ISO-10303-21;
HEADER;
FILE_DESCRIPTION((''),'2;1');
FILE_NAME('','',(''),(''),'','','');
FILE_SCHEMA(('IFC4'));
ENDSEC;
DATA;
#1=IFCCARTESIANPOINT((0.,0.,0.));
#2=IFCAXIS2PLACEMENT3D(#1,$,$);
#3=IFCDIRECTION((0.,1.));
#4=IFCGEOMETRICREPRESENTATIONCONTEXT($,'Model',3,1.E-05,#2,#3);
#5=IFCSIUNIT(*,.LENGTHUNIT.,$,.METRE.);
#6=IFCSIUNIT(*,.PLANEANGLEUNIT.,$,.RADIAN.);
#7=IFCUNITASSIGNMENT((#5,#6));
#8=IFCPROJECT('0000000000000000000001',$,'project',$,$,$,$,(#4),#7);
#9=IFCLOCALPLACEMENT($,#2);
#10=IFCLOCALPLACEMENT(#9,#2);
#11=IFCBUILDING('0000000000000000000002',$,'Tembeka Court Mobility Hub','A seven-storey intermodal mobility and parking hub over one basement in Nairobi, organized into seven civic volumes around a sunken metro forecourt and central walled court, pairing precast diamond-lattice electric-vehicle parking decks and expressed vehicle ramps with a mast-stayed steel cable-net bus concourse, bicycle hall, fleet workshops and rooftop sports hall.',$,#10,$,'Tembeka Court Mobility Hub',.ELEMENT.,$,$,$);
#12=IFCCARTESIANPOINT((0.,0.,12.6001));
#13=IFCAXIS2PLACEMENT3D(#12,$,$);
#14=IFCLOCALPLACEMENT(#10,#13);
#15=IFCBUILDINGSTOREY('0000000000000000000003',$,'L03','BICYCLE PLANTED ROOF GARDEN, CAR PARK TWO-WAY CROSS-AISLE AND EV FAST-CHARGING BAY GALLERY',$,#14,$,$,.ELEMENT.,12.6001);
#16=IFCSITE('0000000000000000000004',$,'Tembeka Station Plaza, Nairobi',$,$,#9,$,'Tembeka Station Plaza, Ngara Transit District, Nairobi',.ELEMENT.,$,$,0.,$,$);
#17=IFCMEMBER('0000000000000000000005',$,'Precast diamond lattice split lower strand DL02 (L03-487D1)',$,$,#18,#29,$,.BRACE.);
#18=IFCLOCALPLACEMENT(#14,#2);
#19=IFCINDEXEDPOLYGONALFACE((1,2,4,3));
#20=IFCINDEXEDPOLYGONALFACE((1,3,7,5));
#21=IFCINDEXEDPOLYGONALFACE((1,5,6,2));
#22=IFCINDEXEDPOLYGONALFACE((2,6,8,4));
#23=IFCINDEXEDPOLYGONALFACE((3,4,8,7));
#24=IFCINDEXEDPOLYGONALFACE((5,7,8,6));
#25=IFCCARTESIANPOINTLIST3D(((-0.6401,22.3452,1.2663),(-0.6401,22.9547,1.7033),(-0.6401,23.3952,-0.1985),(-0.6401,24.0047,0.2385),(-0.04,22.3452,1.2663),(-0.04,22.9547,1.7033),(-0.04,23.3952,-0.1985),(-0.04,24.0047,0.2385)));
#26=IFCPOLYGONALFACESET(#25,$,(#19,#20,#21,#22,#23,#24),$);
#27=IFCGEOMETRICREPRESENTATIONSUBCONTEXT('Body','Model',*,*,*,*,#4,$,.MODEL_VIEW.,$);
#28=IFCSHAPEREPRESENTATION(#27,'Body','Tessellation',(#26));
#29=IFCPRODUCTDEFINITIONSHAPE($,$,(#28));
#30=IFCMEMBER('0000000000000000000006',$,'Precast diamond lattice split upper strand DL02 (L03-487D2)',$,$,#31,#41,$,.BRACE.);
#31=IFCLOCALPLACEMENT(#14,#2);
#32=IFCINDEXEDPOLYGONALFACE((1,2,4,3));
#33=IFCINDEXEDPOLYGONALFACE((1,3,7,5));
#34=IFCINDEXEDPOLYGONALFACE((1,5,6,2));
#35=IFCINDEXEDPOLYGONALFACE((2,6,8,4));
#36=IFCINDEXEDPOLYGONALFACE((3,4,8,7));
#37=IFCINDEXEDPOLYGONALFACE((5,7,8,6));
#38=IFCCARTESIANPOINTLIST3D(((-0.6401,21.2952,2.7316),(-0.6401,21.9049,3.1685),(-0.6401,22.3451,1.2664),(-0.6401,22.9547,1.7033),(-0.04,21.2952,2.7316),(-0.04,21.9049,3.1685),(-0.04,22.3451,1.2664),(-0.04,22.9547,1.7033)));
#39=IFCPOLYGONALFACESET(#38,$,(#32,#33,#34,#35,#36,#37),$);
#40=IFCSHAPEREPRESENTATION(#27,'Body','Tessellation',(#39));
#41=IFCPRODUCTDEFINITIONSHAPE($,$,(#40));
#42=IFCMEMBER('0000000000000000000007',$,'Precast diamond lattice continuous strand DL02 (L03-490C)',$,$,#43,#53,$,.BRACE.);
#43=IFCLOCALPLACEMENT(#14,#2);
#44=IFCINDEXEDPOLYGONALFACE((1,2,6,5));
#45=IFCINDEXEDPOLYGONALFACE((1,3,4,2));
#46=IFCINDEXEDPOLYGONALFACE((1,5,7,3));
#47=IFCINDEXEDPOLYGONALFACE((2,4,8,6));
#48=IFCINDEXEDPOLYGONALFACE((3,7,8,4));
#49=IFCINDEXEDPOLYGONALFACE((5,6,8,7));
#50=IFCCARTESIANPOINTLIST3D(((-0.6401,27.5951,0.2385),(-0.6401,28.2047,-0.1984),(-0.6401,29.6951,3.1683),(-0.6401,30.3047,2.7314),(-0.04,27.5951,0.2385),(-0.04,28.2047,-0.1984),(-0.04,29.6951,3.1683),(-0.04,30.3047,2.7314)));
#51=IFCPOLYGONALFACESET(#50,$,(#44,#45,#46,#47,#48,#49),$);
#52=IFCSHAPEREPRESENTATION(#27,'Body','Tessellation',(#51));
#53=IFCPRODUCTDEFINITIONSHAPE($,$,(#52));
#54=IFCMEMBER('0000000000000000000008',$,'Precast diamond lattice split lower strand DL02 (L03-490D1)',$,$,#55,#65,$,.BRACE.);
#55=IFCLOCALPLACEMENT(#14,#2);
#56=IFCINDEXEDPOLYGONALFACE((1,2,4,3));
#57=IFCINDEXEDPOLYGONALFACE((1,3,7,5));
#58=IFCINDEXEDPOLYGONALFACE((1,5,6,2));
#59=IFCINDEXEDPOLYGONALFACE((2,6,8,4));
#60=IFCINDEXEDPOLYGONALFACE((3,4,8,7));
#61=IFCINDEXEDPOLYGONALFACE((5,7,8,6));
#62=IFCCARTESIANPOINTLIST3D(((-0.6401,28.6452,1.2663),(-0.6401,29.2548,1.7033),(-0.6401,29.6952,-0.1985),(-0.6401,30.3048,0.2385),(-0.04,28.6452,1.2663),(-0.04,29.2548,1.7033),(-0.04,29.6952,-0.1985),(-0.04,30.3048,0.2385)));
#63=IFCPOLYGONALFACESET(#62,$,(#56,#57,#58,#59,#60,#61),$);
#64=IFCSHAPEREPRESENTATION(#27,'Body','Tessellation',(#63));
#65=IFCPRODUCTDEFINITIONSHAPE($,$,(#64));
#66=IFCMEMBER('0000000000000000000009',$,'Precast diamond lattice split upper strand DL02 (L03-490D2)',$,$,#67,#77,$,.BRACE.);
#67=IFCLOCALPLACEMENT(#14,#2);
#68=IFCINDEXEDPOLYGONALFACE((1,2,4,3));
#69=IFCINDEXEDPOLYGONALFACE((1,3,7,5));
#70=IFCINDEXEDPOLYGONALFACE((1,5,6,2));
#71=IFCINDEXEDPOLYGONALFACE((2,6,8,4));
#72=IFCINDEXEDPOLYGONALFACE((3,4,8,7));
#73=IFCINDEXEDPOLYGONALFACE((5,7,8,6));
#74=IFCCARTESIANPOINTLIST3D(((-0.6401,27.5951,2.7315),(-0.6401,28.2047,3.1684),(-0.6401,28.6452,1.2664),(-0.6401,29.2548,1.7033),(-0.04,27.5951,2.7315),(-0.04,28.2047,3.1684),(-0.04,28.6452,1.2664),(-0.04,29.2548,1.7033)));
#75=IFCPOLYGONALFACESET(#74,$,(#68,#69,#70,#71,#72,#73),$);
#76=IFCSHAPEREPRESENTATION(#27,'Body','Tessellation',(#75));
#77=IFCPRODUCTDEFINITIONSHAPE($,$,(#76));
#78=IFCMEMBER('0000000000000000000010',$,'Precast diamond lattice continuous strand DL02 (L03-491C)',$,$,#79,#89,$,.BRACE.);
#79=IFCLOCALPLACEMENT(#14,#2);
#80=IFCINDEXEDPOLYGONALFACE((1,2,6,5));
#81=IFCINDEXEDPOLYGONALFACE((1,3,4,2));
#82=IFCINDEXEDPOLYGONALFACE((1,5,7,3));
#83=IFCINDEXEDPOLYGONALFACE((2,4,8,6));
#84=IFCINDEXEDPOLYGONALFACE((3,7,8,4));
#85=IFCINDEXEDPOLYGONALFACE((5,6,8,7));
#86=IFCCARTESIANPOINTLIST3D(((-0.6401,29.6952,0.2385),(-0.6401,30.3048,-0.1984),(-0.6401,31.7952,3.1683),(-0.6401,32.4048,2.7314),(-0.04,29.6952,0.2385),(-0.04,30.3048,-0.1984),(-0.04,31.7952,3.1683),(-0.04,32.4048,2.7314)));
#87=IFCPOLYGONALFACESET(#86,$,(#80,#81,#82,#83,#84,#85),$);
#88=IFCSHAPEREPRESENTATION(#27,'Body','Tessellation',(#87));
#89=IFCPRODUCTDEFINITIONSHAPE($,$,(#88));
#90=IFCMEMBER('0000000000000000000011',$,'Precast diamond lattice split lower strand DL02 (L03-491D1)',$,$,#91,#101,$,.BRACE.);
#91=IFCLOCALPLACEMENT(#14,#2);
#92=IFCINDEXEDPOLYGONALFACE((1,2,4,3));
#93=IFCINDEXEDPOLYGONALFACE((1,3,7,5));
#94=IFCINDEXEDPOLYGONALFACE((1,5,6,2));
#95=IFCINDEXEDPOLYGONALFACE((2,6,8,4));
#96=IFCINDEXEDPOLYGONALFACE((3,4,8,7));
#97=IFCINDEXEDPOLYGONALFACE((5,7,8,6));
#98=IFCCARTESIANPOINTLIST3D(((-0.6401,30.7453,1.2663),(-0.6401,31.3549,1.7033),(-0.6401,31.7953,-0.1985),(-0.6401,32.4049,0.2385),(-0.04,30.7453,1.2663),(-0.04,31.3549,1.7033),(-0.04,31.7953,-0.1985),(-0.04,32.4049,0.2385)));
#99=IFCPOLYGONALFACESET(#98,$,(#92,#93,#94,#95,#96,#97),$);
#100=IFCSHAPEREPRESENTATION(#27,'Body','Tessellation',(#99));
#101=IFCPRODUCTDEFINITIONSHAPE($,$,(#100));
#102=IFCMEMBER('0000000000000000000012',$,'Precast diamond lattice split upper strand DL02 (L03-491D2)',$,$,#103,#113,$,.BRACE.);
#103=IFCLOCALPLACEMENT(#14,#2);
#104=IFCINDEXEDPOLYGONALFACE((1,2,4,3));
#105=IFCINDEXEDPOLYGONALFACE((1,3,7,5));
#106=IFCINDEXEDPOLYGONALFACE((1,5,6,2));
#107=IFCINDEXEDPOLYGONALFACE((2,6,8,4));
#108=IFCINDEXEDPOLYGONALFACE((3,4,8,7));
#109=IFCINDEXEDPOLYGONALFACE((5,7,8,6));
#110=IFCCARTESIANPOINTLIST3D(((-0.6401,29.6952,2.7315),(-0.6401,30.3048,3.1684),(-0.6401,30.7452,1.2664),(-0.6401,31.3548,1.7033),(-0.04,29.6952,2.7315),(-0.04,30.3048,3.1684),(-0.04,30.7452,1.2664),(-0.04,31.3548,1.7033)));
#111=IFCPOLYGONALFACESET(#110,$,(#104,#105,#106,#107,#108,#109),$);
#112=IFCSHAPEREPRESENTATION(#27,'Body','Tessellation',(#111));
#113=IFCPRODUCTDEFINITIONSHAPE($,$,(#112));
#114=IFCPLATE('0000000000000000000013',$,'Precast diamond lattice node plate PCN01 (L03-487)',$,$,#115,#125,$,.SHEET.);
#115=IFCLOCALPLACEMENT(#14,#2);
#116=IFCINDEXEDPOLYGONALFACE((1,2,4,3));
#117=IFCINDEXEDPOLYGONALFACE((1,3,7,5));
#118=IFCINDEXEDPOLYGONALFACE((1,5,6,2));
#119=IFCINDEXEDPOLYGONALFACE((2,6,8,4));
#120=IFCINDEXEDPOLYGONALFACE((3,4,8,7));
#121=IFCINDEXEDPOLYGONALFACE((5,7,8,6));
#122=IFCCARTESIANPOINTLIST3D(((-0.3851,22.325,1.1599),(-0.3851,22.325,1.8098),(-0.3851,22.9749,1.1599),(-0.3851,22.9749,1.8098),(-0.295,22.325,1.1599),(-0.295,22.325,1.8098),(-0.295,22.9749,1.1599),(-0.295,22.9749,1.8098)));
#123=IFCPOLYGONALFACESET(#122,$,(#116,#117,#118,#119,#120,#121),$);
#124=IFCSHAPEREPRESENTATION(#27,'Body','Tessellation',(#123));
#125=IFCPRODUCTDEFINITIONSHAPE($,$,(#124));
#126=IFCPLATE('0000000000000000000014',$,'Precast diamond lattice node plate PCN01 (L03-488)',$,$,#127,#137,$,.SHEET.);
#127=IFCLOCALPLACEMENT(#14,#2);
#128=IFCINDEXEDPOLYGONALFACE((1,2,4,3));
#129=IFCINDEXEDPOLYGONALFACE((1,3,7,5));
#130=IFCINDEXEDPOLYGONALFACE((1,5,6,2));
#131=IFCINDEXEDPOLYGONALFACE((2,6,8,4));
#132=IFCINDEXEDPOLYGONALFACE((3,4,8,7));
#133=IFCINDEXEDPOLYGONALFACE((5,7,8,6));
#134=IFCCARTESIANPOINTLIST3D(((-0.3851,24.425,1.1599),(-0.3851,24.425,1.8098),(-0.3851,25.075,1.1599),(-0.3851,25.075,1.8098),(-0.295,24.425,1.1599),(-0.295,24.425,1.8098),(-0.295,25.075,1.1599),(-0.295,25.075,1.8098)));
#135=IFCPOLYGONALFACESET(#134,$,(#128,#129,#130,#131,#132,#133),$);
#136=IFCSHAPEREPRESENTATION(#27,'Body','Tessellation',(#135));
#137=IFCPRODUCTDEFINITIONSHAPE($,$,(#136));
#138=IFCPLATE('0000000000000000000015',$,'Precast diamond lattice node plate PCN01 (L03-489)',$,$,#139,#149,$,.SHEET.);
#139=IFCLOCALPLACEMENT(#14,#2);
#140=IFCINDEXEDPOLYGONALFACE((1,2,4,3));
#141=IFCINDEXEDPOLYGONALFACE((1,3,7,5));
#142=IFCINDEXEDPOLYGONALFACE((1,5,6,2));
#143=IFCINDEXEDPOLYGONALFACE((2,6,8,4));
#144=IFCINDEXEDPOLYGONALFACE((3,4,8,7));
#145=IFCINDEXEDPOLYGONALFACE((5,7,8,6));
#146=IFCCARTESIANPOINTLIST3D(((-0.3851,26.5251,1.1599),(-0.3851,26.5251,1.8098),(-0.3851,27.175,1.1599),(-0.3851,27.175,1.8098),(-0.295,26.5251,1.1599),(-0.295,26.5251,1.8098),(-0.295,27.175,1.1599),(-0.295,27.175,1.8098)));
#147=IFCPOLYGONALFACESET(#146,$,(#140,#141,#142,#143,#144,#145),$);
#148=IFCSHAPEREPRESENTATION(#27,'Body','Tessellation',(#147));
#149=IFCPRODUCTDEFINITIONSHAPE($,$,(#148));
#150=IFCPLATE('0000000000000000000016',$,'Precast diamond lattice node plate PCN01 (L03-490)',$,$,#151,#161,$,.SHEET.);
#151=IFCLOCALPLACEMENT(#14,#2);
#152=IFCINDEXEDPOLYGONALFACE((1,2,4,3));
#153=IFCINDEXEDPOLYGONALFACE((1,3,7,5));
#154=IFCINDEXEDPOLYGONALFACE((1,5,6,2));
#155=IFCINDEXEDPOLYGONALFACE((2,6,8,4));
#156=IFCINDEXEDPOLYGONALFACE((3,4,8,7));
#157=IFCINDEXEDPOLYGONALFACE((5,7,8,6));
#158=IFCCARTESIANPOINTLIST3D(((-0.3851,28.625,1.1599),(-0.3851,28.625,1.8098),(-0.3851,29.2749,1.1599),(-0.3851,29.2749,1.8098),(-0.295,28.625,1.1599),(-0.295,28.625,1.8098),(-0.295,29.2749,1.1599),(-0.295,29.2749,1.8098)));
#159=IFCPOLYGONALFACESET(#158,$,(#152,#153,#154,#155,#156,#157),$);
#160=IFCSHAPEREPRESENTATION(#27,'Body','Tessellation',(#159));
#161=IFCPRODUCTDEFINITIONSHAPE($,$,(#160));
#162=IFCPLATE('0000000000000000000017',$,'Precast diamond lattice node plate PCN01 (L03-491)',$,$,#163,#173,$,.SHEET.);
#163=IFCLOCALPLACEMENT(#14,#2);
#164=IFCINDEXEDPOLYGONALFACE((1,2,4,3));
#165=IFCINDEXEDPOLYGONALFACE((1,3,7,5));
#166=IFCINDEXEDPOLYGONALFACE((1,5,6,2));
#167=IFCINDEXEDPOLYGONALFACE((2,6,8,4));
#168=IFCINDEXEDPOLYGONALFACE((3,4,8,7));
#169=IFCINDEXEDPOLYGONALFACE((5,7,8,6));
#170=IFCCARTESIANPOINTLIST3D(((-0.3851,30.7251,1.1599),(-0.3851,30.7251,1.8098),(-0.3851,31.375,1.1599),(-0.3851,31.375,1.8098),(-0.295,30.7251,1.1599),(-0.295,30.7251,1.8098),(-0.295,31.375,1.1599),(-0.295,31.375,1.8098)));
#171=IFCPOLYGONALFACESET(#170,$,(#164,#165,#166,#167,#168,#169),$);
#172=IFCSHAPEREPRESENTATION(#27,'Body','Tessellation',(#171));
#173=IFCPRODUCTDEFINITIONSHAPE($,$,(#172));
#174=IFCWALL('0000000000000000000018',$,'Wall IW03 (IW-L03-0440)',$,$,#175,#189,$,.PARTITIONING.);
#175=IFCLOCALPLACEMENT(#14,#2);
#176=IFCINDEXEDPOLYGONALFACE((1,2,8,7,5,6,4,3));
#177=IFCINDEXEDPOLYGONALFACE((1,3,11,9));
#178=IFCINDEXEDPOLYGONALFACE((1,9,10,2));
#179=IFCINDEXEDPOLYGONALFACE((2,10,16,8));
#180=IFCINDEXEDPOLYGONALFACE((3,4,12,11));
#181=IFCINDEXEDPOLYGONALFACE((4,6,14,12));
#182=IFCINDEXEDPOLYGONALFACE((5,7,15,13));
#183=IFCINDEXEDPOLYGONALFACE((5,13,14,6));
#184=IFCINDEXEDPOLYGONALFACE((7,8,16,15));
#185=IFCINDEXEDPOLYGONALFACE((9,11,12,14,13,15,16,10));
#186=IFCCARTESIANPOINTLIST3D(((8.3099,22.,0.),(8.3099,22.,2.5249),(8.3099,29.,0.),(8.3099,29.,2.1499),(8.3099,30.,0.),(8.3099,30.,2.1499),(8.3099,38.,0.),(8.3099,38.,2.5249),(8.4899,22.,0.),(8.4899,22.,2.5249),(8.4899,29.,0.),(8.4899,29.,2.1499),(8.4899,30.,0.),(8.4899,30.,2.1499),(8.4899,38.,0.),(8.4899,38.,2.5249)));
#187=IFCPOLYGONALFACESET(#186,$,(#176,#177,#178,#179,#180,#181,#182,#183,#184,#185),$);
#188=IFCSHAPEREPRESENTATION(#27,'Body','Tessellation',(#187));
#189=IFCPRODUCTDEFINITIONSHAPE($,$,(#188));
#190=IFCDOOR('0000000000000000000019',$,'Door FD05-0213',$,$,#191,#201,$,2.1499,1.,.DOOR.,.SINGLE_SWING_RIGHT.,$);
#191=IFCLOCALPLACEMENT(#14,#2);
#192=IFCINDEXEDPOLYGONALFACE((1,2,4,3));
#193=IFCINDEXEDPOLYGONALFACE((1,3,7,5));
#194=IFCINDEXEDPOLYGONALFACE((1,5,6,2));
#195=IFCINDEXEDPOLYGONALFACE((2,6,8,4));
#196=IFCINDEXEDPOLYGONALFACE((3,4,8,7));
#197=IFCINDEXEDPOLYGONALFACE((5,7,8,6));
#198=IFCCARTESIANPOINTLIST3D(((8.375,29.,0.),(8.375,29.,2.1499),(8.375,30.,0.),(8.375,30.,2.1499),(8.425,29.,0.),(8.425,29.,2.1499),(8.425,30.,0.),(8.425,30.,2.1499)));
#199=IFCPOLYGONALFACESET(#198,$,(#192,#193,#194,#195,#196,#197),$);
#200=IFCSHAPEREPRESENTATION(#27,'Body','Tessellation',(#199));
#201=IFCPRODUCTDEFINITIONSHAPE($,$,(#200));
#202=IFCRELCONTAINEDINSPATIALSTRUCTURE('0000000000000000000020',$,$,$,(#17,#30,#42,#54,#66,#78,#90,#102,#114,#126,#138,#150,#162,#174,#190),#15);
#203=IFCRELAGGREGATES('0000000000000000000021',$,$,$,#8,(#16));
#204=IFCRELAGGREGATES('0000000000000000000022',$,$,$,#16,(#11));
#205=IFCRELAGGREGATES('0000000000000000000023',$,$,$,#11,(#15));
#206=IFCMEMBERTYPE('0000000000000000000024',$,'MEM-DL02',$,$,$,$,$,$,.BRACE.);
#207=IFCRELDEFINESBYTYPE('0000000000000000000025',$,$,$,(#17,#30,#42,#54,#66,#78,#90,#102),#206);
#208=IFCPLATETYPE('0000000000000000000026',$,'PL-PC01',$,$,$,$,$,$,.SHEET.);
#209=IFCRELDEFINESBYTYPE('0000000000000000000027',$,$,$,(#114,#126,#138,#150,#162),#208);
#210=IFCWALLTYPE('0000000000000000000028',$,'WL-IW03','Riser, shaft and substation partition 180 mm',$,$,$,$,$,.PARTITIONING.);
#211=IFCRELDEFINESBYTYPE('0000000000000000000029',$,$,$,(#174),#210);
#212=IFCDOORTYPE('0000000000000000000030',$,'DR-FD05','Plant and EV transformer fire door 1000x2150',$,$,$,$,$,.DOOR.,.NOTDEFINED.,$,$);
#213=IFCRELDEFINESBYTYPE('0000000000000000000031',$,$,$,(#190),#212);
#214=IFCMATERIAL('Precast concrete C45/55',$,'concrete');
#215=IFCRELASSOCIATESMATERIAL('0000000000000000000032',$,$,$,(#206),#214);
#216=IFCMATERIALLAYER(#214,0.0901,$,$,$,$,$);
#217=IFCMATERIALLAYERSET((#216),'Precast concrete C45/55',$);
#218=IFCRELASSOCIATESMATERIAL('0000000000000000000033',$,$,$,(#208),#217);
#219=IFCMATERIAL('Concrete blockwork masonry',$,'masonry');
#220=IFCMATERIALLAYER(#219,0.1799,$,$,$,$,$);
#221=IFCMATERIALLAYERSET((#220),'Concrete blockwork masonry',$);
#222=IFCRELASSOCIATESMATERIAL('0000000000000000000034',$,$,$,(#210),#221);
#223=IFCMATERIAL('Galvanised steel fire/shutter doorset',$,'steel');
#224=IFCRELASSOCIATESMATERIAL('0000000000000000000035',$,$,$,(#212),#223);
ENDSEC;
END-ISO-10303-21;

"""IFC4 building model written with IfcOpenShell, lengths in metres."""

from ifc_helpers import new_model, si_unit, direction, frame, frame_2d, origin, origin_2d, place, context, subcontext, project, spatial, rectangle, extrude, material, layer, layer_set, material_profile, profile_set, type_object, element, fill, save


model = new_model("IFC4")

# Units and contexts
model_context = context("Model", 3, precision=1e-05, world=origin(), true_north=direction((0.0, 1.0)))
body_context = subcontext(model_context, "Body", "Model", "MODEL_VIEW")
ifc_project = project(units=[si_unit("LENGTHUNIT", "METRE"), si_unit("PLANEANGLEUNIT", "RADIAN")], contexts=[model_context])

# Site, building, storey
site_placement = place(None, origin())
site = spatial("IfcSite", under=ifc_project, at=site_placement, Name="Tembeka Station Plaza, Nairobi", LongName="Tembeka Station Plaza, Ngara Transit District, Nairobi", CompositionType="ELEMENT", RefElevation=0.0)
building_placement = place(site_placement, origin())
building = spatial("IfcBuilding", under=site, at=building_placement, Name="Tembeka Court Mobility Hub", Description="A seven-storey intermodal mobility and parking hub over one basement in Nairobi, organized into seven civic volumes around a sunken metro forecourt and central walled court, pairing precast diamond-lattice electric-vehicle parking decks and expressed vehicle ramps with a mast-stayed steel cable-net bus concourse, bicycle hall, fleet workshops and rooftop sports hall.", LongName="Tembeka Court Mobility Hub", CompositionType="ELEMENT")
storey_placement = place(building_placement, frame((0.0, 0.0, 12.6001)))
storey = spatial("IfcBuildingStorey", under=building, at=storey_placement, Name="L03", Description="BICYCLE PLANTED ROOF GARDEN, CAR PARK TWO-WAY CROSS-AISLE AND EV FAST-CHARGING BAY GALLERY", CompositionType="ELEMENT", Elevation=12.6001)

# Members
ifc_material_1 = material(Name="Precast concrete C45/55", Category="concrete")
ifc_material_profile_1 = material_profile(ifc_material_1, rectangle(XDim=0.6001, YDim=0.75, at=origin_2d()), Name="PC-DIAG 600x750")
ifc_profile_set_1 = profile_set([ifc_material_profile_1], Name="Precast concrete C45/55")
member_type_1 = type_object("IfcMemberType", Name="MEM-DL02", PredefinedType="BRACE", material=ifc_profile_set_1)
member_1_placement = place(storey_placement, frame((-0.3401, 23.7, 0.02), z_axis=(0.0, -0.582608, 0.812753), x_axis=(1.0, 0.0, 0.0)))
element("IfcMember", 1, at=member_1_placement, inside=storey, type_object=member_type_1, Name="Precast diamond lattice split lower strand DL02 (L03-487D1)", PredefinedType="BRACE", context=body_context, shape_type="SweptSolid", body=[
    extrude(rectangle(XDim=0.6001, YDim=0.75, at=origin_2d()), origin(), (0.0, 0.0, 1.0), 1.8022),
])
member_2_placement = place(storey_placement, frame((-0.3401, 22.6499, 1.4849), z_axis=(0.0, -0.582455, 0.812863), x_axis=(1.0, 0.0, 0.0)))
element("IfcMember", 2, at=member_2_placement, inside=storey, type_object=member_type_1, Name="Precast diamond lattice split upper strand DL02 (L03-487D2)", PredefinedType="BRACE", context=body_context, shape_type="SweptSolid", body=[
    extrude(rectangle(XDim=0.6001, YDim=0.75, at=origin_2d()), origin(), (0.0, 0.0, 1.0), 1.8025),
])
member_3_placement = place(storey_placement, frame((-0.3401, 27.8999, 0.02), z_axis=(0.0, 0.582576, 0.812776), x_axis=(-1.0, 0.0, 0.0)))
element("IfcMember", 3, at=member_3_placement, inside=storey, type_object=member_type_1, Name="Precast diamond lattice continuous strand DL02 (L03-490C)", PredefinedType="BRACE", context=body_context, shape_type="SweptSolid", body=[
    extrude(rectangle(XDim=0.6001, YDim=0.75, at=origin_2d()), origin(), (0.0, 0.0, 1.0), 3.6047),
])
member_4_placement = place(storey_placement, frame((-0.3401, 30.0, 0.02), z_axis=(0.0, -0.582608, 0.812753), x_axis=(1.0, 0.0, 0.0)))
element("IfcMember", 4, at=member_4_placement, inside=storey, type_object=member_type_1, Name="Precast diamond lattice split lower strand DL02 (L03-490D1)", PredefinedType="BRACE", context=body_context, shape_type="SweptSolid", body=[
    extrude(rectangle(XDim=0.6001, YDim=0.75, at=origin_2d()), origin(), (0.0, 0.0, 1.0), 1.8022),
])
member_5_placement = place(storey_placement, frame((-0.3401, 28.95, 1.4849), z_axis=(0.0, -0.582544, 0.812799), x_axis=(1.0, 0.0, 0.0)))
element("IfcMember", 5, at=member_5_placement, inside=storey, type_object=member_type_1, Name="Precast diamond lattice split upper strand DL02 (L03-490D2)", PredefinedType="BRACE", context=body_context, shape_type="SweptSolid", body=[
    extrude(rectangle(XDim=0.6001, YDim=0.75, at=origin_2d()), origin(), (0.0, 0.0, 1.0), 1.8025),
])
member_6_placement = place(storey_placement, frame((-0.3401, 30.0, 0.02), z_axis=(0.0, 0.582576, 0.812776), x_axis=(-1.0, 0.0, 0.0)))
element("IfcMember", 6, at=member_6_placement, inside=storey, type_object=member_type_1, Name="Precast diamond lattice continuous strand DL02 (L03-491C)", PredefinedType="BRACE", context=body_context, shape_type="SweptSolid", body=[
    extrude(rectangle(XDim=0.6001, YDim=0.75, at=origin_2d()), origin(), (0.0, 0.0, 1.0), 3.6047),
])
member_7_placement = place(storey_placement, frame((-0.3401, 32.1001, 0.02), z_axis=(0.0, -0.582608, 0.812753), x_axis=(1.0, 0.0, 0.0)))
element("IfcMember", 7, at=member_7_placement, inside=storey, type_object=member_type_1, Name="Precast diamond lattice split lower strand DL02 (L03-491D1)", PredefinedType="BRACE", context=body_context, shape_type="SweptSolid", body=[
    extrude(rectangle(XDim=0.6001, YDim=0.75, at=origin_2d()), origin(), (0.0, 0.0, 1.0), 1.8022),
])
member_8_placement = place(storey_placement, frame((-0.3401, 31.05, 1.4849), z_axis=(0.0, -0.582544, 0.812799), x_axis=(1.0, 0.0, 0.0)))
element("IfcMember", 8, at=member_8_placement, inside=storey, type_object=member_type_1, Name="Precast diamond lattice split upper strand DL02 (L03-491D2)", PredefinedType="BRACE", context=body_context, shape_type="SweptSolid", body=[
    extrude(rectangle(XDim=0.6001, YDim=0.75, at=origin_2d()), origin(), (0.0, 0.0, 1.0), 1.8025),
])

# Plates
ifc_layer_1 = layer(ifc_material_1, 0.0901)
ifc_layer_set_1 = layer_set([ifc_layer_1], Name="Precast concrete C45/55")
plate_type = type_object("IfcPlateType", Name="PL-PC01", PredefinedType="SHEET", material=ifc_layer_set_1)
for number, where, z_axis, x_axis, name in (
    (9, (-0.3401, 22.6499, 1.1599), (0.0, 0.0, 1.0), (1.0, 0.0, 0.0), "Precast diamond lattice node plate PCN01 (L03-487)"),
    (10, (-0.3401, 24.75, 1.1599), (0.0, 0.0, 1.0), (1.0, 0.0, 0.0), "Precast diamond lattice node plate PCN01 (L03-488)"),
    (11, (-0.3401, 26.8501, 1.1599), (0.0, 0.0, 1.0), (1.0, 0.0, 0.0), "Precast diamond lattice node plate PCN01 (L03-489)"),
    (12, (-0.3401, 28.95, 1.1599), (0.0, 0.0, 1.0), (1.0, 0.0, 0.0), "Precast diamond lattice node plate PCN01 (L03-490)"),
    (13, (-0.3401, 31.05, 1.1599), (0.0, 0.0, 1.0), (1.0, 0.0, 0.0), "Precast diamond lattice node plate PCN01 (L03-491)"),
):
    element("IfcPlate", number, at=place(storey_placement, frame(where, z_axis=z_axis, x_axis=x_axis)), inside=storey, type_object=plate_type, Name=name, PredefinedType="SHEET", context=body_context, shape_type="SweptSolid", body=[
        extrude(rectangle(XDim=0.0901, YDim=0.6499, at=origin_2d()), origin(), (0.0, 0.0, 1.0), 0.6499),
    ])

# Wall, opening, door
ifc_material_2 = material(Name="Concrete blockwork masonry", Category="masonry")
ifc_layer_2 = layer(ifc_material_2, 0.1799)
ifc_layer_set_2 = layer_set([ifc_layer_2], Name="Concrete blockwork masonry")
wall_type = type_object("IfcWallType", Name="WL-IW03", Description="Riser, shaft and substation partition 180 mm", PredefinedType="PARTITIONING", material=ifc_layer_set_2)
wall_placement = place(storey_placement, frame((8.3999, 22.0, 0.0), z_axis=(0.0, 0.0, 1.0), x_axis=(0.0, 1.0, 0.0)))
wall = element("IfcWall", 14, at=wall_placement, inside=storey, type_object=wall_type, Name="Wall IW03 (IW-L03-0440)", PredefinedType="PARTITIONING", context=body_context, shape_type="SweptSolid", body=[
    extrude(rectangle(XDim=16.0, YDim=0.1799, at=frame_2d((8.0, 0.0))), origin(), (0.0, 0.0, 1.0), 2.5249),
])
opening_placement = place(wall_placement, frame((7.0, 0.0, 0.0)))
opening = element("IfcOpeningElement", 15, at=opening_placement, cuts=wall, PredefinedType="OPENING", context=body_context, shape_type="SweptSolid", body=[
    extrude(rectangle(XDim=1.0, YDim=2.1499, at=frame_2d((0.5, 1.075))), frame((0.0, 0.1001, 0.0), z_axis=(0.0, -1.0, 0.0), x_axis=(1.0, 0.0, 0.0)), (0.0, 0.0, 1.0), 0.2),
])
ifc_material_3 = material(Name="Galvanised steel fire/shutter doorset", Category="steel")
door_type = type_object("IfcDoorType", Name="DR-FD05", Description="Plant and EV transformer fire door 1000x2150", OperationType="NOTDEFINED", PredefinedType="DOOR", material=ifc_material_3)
door_placement = place(opening_placement, origin())
door = element("IfcDoor", 16, at=door_placement, inside=storey, type_object=door_type, Name="Door FD05-0213", OperationType="SINGLE_SWING_RIGHT", OverallHeight=2.1499, OverallWidth=1.0, PredefinedType="DOOR", context=body_context, shape_type="SweptSolid", body=[
    extrude(rectangle(XDim=1.0, YDim=2.1499, at=frame_2d((0.5, 1.075))), frame((0.0, 0.0249, 0.0), z_axis=(0.0, -1.0, 0.0), x_axis=(1.0, 0.0, 0.0)), (0.0, 0.0, 1.0), 0.05),
])
fill(opening, door)

save(model, "model.ifc")
